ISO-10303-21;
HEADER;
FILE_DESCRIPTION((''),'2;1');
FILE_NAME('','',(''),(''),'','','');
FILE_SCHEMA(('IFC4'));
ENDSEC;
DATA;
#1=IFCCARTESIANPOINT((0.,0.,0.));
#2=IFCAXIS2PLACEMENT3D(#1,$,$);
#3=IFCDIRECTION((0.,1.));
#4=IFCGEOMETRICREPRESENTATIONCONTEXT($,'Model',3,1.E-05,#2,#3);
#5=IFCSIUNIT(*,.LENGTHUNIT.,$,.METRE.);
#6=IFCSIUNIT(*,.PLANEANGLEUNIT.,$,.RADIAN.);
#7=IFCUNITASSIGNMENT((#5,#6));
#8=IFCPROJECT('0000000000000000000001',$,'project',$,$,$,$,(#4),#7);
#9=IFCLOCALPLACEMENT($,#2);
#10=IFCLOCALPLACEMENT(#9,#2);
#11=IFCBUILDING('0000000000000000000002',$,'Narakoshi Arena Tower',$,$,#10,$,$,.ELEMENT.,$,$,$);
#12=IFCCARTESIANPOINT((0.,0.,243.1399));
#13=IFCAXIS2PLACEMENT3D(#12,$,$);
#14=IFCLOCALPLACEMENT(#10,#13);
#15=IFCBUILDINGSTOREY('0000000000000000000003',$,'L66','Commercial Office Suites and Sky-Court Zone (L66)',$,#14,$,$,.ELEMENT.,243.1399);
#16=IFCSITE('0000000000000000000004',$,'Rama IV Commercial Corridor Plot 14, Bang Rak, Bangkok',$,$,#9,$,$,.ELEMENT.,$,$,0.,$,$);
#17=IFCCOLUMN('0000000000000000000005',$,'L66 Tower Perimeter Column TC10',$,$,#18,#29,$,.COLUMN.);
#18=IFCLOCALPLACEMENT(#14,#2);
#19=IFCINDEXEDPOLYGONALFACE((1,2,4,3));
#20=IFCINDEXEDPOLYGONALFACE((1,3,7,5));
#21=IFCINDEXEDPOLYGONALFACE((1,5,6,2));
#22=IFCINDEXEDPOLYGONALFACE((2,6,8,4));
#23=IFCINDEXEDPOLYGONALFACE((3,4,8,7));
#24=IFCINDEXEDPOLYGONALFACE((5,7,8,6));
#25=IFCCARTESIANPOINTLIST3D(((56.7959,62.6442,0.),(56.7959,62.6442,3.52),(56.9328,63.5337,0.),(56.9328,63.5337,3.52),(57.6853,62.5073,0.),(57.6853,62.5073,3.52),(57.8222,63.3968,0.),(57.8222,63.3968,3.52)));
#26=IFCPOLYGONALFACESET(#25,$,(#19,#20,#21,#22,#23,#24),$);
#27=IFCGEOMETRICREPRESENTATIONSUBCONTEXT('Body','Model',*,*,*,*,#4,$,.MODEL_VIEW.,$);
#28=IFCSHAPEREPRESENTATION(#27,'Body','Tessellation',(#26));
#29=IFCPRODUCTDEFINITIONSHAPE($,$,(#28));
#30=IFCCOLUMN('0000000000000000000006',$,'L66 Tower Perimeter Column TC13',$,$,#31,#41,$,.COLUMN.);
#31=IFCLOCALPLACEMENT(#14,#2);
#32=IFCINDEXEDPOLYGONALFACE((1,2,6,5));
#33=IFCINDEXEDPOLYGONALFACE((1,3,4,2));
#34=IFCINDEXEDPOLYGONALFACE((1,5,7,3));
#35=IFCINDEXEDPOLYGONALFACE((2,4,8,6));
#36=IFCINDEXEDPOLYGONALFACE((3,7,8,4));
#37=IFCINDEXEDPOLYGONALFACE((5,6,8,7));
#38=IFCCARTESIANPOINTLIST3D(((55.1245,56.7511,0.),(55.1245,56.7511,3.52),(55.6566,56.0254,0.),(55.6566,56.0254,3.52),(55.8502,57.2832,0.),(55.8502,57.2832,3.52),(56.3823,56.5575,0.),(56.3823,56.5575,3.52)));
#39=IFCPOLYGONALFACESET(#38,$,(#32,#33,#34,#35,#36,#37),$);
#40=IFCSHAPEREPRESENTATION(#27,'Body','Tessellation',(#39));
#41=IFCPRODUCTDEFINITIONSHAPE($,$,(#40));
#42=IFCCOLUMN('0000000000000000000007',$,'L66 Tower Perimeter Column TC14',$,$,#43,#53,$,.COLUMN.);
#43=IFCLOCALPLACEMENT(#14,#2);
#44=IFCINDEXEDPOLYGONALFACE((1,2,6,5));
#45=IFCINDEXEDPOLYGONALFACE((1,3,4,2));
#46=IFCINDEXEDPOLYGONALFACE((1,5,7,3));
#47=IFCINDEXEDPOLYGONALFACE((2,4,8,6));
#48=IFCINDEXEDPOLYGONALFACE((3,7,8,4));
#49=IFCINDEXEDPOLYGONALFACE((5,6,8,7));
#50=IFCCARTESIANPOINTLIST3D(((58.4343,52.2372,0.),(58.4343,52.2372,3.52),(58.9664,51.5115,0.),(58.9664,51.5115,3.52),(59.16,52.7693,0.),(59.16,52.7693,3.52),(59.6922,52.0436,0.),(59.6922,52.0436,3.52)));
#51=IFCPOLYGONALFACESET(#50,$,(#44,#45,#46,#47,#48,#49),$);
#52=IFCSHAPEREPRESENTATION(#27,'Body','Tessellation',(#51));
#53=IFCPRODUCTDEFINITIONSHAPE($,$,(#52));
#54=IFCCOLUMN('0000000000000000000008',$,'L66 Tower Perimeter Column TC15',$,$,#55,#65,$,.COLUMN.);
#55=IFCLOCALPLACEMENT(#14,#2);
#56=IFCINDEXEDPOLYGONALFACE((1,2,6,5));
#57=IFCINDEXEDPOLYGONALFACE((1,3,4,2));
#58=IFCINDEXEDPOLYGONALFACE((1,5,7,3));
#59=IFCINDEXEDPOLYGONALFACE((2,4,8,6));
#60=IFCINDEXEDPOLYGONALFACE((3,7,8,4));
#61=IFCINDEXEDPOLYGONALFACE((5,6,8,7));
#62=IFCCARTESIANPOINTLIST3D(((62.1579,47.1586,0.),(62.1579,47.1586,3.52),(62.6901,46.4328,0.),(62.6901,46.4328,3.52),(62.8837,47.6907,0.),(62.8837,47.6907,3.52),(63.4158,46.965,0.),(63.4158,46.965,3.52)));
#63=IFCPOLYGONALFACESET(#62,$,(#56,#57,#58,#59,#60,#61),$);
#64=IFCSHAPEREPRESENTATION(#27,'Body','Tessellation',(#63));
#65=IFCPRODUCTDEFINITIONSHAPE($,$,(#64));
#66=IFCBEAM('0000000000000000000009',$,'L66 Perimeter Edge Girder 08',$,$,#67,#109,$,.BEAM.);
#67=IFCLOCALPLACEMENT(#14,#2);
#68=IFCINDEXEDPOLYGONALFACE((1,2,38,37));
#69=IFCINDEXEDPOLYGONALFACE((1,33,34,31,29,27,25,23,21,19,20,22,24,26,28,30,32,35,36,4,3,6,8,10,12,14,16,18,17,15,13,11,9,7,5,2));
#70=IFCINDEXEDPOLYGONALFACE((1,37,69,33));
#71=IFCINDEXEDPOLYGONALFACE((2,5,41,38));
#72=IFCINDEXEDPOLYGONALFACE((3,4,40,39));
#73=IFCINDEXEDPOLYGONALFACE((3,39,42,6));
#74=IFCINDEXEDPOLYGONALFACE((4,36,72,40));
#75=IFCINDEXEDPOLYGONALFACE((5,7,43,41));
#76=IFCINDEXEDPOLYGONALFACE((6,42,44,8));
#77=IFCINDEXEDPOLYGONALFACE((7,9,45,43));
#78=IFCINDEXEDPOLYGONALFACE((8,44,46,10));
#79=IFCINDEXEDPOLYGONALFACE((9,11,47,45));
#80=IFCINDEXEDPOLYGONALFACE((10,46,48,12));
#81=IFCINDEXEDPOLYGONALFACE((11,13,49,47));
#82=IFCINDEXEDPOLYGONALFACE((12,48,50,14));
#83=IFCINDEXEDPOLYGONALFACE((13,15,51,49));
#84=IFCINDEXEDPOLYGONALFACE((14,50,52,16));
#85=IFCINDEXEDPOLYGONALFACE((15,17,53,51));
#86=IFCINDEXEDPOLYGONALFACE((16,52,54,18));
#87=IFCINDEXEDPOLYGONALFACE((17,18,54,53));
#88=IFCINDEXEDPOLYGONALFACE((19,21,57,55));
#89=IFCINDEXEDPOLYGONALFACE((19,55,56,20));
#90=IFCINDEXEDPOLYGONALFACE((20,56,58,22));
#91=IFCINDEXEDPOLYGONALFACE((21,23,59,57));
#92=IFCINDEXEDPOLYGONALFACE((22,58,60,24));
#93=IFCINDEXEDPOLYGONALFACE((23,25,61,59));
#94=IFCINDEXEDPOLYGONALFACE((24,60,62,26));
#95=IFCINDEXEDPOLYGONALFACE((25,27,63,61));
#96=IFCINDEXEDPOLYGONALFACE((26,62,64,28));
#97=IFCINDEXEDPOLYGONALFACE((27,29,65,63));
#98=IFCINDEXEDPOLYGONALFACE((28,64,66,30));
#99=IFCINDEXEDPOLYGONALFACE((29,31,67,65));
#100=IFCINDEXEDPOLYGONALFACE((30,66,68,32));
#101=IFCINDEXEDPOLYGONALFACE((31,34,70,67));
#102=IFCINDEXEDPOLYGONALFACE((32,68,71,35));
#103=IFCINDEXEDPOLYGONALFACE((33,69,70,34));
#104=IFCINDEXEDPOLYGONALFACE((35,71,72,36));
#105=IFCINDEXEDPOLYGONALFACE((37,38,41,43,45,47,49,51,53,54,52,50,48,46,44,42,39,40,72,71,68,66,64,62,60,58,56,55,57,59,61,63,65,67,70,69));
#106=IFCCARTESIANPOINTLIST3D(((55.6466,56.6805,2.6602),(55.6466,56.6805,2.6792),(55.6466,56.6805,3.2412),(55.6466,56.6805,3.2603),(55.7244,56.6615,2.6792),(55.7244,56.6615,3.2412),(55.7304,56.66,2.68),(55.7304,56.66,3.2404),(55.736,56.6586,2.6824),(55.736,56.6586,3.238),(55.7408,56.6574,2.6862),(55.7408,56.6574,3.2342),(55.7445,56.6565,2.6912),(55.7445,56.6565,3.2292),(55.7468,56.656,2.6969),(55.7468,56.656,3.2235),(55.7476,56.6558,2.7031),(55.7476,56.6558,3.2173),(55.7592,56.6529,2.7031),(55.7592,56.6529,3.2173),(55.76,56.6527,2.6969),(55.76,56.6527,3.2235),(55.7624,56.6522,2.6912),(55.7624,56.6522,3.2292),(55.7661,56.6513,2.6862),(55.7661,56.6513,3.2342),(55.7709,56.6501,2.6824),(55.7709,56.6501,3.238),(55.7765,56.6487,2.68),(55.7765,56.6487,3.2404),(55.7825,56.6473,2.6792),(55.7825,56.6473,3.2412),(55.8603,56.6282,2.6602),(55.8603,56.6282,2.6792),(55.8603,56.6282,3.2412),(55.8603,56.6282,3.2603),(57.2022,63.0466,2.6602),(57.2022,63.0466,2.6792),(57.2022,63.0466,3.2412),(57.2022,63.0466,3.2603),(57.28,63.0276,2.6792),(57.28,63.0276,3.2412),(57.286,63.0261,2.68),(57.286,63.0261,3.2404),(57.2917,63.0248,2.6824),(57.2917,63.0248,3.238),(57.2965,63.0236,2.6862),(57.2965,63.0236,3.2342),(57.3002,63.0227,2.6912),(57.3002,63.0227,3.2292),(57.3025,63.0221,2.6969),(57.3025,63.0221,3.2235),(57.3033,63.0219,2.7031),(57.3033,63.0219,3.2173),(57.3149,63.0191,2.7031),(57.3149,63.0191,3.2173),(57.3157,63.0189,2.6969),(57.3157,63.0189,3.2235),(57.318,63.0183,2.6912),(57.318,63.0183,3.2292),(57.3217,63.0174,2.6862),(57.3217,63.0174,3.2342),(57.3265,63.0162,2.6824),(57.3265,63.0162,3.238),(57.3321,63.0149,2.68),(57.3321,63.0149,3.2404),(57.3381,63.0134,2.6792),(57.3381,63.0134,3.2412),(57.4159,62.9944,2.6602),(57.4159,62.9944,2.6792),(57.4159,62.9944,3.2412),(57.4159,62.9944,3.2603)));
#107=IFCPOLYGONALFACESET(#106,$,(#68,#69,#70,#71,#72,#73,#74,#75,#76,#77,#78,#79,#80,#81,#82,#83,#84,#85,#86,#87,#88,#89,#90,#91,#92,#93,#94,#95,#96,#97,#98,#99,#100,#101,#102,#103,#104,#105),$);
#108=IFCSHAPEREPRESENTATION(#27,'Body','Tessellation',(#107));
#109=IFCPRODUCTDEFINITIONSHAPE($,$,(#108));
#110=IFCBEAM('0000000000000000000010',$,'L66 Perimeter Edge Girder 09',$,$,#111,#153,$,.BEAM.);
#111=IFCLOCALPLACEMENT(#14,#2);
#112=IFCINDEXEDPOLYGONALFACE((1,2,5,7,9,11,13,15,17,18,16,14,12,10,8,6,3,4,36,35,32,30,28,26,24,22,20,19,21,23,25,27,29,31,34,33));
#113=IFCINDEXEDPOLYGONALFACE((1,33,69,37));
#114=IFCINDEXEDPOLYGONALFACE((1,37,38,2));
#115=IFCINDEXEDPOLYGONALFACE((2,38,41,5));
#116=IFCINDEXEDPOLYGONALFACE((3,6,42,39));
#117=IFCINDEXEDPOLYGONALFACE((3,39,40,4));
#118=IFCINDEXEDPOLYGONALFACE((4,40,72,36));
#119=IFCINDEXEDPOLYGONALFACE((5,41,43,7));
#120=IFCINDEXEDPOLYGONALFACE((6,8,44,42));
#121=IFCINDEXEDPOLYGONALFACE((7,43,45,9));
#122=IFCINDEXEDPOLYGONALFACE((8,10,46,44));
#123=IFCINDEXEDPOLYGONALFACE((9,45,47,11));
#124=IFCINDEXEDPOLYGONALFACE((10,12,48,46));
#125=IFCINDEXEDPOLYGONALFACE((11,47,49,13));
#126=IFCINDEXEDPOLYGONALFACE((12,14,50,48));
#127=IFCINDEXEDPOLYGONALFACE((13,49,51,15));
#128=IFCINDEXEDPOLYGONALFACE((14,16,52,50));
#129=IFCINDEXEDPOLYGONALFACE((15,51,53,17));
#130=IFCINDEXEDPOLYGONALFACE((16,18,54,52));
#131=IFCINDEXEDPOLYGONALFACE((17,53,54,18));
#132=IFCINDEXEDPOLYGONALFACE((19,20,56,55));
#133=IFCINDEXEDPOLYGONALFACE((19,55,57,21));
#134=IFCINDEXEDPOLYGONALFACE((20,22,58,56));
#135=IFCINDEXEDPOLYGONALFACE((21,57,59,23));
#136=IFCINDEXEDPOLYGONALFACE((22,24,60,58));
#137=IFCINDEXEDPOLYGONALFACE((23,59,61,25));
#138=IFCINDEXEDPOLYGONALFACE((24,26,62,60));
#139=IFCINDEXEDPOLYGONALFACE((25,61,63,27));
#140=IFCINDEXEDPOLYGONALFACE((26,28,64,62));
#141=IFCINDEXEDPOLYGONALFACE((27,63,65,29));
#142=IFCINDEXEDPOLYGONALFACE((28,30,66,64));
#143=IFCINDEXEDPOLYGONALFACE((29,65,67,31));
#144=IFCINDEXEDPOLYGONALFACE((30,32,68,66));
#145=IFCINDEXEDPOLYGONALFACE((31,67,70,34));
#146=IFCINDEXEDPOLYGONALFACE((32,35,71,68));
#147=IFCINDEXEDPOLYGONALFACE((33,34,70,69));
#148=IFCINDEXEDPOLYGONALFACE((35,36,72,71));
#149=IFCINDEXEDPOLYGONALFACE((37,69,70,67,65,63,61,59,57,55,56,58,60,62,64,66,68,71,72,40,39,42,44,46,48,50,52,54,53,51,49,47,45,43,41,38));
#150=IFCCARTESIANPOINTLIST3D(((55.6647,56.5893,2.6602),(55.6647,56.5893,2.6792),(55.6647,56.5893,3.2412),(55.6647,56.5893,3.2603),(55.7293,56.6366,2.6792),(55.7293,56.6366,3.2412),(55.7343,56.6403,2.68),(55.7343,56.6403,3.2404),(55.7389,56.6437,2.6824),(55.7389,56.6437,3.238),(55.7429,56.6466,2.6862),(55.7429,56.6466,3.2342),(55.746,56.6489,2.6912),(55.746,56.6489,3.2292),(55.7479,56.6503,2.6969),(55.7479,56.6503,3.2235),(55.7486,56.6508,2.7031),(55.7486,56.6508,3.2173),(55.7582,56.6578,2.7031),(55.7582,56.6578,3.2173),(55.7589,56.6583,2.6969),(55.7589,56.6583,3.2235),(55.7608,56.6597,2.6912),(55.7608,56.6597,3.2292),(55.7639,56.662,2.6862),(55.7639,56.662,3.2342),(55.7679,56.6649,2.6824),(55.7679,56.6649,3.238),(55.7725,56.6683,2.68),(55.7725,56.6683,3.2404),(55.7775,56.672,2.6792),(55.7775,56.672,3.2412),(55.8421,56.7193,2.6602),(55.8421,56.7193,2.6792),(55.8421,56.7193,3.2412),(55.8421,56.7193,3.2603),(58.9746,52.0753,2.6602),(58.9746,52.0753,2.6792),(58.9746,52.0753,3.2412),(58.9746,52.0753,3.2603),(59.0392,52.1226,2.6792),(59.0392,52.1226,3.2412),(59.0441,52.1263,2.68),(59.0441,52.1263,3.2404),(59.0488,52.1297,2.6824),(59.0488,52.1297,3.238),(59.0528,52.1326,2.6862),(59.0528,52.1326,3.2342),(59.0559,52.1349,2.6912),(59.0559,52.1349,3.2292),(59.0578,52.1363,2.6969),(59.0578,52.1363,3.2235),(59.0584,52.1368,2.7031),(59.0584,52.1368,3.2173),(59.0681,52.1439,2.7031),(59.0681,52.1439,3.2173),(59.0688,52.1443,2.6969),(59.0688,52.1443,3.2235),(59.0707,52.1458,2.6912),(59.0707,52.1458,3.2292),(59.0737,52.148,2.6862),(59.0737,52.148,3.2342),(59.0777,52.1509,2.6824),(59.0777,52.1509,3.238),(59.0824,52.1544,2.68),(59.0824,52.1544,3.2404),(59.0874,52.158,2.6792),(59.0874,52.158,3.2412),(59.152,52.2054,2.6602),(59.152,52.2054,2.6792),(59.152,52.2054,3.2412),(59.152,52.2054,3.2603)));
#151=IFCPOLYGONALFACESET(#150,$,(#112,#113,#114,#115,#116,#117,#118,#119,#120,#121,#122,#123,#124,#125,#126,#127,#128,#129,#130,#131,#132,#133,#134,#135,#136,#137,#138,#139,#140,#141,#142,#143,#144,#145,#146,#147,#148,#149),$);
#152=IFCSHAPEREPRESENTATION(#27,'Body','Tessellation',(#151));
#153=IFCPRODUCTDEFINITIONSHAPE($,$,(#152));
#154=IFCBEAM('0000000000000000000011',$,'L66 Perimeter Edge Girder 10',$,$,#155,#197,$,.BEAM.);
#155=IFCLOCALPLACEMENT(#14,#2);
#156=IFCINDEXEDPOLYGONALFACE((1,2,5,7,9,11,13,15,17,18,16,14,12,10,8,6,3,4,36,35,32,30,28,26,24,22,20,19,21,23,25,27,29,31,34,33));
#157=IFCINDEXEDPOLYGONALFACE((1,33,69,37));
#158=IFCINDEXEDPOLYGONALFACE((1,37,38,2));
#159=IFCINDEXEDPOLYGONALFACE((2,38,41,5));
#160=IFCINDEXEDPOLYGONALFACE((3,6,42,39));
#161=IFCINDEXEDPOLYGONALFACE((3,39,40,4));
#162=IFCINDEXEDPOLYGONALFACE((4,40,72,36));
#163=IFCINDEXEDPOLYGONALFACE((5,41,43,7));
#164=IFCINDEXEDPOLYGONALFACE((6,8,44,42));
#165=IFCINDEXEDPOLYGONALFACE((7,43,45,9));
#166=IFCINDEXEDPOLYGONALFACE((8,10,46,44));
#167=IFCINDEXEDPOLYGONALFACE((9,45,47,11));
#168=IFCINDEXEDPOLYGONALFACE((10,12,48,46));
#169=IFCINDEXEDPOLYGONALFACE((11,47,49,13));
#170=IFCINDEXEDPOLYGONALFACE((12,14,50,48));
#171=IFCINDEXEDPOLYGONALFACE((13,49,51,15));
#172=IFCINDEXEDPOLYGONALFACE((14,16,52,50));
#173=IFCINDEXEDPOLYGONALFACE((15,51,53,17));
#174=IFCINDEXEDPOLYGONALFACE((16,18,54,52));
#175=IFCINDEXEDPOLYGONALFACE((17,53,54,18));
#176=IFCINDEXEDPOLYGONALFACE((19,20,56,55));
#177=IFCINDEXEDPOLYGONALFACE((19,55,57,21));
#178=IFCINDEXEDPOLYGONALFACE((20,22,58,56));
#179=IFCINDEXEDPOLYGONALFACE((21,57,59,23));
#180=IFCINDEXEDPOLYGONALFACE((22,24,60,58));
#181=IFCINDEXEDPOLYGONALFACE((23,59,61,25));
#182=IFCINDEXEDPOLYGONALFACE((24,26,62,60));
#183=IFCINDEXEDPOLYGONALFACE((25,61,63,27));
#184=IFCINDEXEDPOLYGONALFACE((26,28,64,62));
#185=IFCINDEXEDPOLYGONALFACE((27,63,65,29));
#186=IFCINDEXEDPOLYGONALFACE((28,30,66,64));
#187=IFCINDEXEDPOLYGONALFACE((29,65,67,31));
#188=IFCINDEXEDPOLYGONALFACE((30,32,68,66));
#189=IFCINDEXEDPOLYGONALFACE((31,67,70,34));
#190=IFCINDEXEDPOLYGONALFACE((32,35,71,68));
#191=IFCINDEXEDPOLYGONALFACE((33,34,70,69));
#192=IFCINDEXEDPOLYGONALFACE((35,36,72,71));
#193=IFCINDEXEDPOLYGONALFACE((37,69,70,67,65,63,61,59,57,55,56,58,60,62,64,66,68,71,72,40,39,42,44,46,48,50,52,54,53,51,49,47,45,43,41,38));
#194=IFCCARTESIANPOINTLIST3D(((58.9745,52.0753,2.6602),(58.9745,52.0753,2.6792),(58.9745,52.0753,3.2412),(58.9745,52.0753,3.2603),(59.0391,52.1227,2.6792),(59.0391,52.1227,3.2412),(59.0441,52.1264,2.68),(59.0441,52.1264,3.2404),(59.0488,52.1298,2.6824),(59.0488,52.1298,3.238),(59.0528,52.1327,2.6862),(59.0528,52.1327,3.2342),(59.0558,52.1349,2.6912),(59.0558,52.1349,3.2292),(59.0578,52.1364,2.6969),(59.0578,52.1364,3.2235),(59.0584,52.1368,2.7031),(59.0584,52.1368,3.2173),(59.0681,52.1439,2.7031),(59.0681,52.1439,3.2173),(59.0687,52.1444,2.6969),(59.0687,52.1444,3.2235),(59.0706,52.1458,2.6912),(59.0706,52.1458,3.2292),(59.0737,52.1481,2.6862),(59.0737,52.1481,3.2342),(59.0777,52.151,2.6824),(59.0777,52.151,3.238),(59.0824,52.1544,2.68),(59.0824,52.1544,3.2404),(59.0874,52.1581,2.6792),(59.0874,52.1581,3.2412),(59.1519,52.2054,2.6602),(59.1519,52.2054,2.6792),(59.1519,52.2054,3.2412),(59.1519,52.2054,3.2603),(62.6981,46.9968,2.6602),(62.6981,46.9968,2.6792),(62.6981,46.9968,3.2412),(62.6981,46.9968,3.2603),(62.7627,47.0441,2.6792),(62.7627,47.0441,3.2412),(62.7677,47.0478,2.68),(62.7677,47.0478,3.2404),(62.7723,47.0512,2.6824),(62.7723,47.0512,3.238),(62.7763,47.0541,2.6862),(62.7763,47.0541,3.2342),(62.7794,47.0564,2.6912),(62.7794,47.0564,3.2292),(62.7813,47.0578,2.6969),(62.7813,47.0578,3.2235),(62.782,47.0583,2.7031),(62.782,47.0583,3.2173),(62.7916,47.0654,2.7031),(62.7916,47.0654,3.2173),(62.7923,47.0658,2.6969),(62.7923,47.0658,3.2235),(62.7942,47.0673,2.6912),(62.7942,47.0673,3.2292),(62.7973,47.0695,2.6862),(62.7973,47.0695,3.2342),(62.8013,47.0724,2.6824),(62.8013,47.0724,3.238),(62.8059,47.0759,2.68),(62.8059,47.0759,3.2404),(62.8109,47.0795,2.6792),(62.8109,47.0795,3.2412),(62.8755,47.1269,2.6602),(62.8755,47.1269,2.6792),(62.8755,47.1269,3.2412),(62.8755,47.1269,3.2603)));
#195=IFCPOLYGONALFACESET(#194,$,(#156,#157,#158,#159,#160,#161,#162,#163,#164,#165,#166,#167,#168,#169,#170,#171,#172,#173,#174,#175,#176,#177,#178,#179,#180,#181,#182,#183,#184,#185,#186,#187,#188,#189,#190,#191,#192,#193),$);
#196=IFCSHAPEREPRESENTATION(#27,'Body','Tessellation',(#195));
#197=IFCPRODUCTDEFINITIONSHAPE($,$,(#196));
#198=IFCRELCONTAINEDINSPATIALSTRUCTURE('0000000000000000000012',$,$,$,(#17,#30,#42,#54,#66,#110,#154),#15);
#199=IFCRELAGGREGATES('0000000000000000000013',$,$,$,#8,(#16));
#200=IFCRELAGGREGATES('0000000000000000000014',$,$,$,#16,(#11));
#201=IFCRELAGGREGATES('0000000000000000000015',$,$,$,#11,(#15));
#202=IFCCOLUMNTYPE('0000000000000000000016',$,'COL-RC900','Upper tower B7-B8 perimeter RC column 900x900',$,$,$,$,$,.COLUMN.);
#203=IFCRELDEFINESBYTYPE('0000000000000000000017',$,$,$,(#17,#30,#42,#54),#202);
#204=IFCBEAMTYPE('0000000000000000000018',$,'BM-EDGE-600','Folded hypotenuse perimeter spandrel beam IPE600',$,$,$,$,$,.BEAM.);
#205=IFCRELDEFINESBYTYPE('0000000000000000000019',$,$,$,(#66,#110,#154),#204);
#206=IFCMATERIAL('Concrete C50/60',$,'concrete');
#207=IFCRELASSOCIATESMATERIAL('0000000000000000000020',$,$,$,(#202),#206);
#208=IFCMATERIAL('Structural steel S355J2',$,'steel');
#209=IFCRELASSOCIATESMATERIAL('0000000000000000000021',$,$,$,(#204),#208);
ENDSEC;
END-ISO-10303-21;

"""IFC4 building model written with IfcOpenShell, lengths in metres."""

from ifc_helpers import new_model, si_unit, direction, frame, origin, origin_2d, place, context, subcontext, project, spatial, rectangle, i_section, extrude, material, material_profile, profile_set, type_object, element, save


model = new_model("IFC4")

# Units and contexts
model_context = context("Model", 3, precision=1e-05, world=origin(), true_north=direction((0.0, 1.0)))
body_context = subcontext(model_context, "Body", "Model", "MODEL_VIEW")
ifc_project = project(units=[si_unit("LENGTHUNIT", "METRE"), si_unit("PLANEANGLEUNIT", "RADIAN")], contexts=[model_context])

# Site, building, storey
site_placement = place(None, origin())
site = spatial("IfcSite", under=ifc_project, at=site_placement, Name="Rama IV Commercial Corridor Plot 14, Bang Rak, Bangkok", CompositionType="ELEMENT", RefElevation=0.0)
building_placement = place(site_placement, origin())
building = spatial("IfcBuilding", under=site, at=building_placement, Name="Narakoshi Arena Tower", CompositionType="ELEMENT")
storey_placement = place(building_placement, frame((0.0, 0.0, 243.1399)))
storey = spatial("IfcBuildingStorey", under=building, at=storey_placement, Name="L66", Description="Commercial Office Suites and Sky-Court Zone (L66)", CompositionType="ELEMENT", Elevation=243.1399)

# Columns
ifc_material_1 = material(Name="Concrete C50/60", Category="concrete")
ifc_material_profile_1 = material_profile(ifc_material_1, rectangle(XDim=0.8999, YDim=0.8999, at=origin_2d()), Name="RC900x900")
ifc_profile_set_1 = profile_set([ifc_material_profile_1], Name="Concrete C50/60")
column_type = type_object("IfcColumnType", Name="COL-RC900", Description="Upper tower B7-B8 perimeter RC column 900x900", PredefinedType="COLUMN", material=ifc_profile_set_1)
for number, where, z_axis, x_axis, name in (
    (1, (57.3091, 63.0205, 0.0), (0.0, 0.0, 1.0), (0.152123, 0.988362, 0.0), "L66 Tower Perimeter Column TC10"),
    (2, (55.7534, 56.6543, 0.0), (0.0, 0.0, 1.0), (-0.59131, 0.806445, 0.0), "L66 Tower Perimeter Column TC13"),
    (3, (59.0632, 52.1404, 0.0), (0.0, 0.0, 1.0), (-0.59131, 0.806445, 0.0), "L66 Tower Perimeter Column TC14"),
    (4, (62.7869, 47.0618, 0.0), (0.0, 0.0, 1.0), (-0.59131, 0.806445, 0.0), "L66 Tower Perimeter Column TC15"),
):
    element("IfcColumn", number, at=place(storey_placement, frame(where, z_axis=z_axis, x_axis=x_axis)), inside=storey, type_object=column_type, Name=name, PredefinedType="COLUMN", context=body_context, shape_type="SweptSolid", body=[
        extrude(rectangle(XDim=0.8999, YDim=0.8999, at=origin_2d()), origin(), (0.0, 0.0, 1.0), 3.52),
    ])

# Beams
ifc_material_2 = material(Name="Structural steel S355J2", Category="steel")
ifc_material_profile_2 = material_profile(ifc_material_2, i_section(OverallWidth=0.22, OverallDepth=0.6001, WebThickness=0.012, FlangeThickness=0.019, FilletRadius=0.0239, at=origin_2d()), Name="IPE600")
ifc_profile_set_2 = profile_set([ifc_material_profile_2], Name="Structural steel S355J2")
beam_type_1 = type_object("IfcBeamType", Name="BM-EDGE-600", Description="Folded hypotenuse perimeter spandrel beam IPE600", PredefinedType="BEAM", material=ifc_profile_set_2)
beam_1_placement = place(storey_placement, frame((57.3091, 63.0205, 2.9602), z_axis=(-0.237378, -0.971417, 0.0), x_axis=(0.971417, -0.237378, 0.0)))
element("IfcBeam", 5, at=beam_1_placement, inside=storey, type_object=beam_type_1, Name="L66 Perimeter Edge Girder 08", PredefinedType="BEAM", context=body_context, shape_type="SweptSolid", body=[
    extrude(i_section(OverallWidth=0.22, OverallDepth=0.6001, WebThickness=0.012, FlangeThickness=0.019, FilletRadius=0.0239, at=origin_2d()), origin(), (0.0, 0.0, 1.0), 6.5535),
])
beam_2_placement = place(storey_placement, frame((55.7534, 56.6543, 2.9602), z_axis=(0.591318, -0.806438, 0.0), x_axis=(0.806438, 0.591318, 0.0)))
element("IfcBeam", 6, at=beam_2_placement, inside=storey, type_object=beam_type_1, Name="L66 Perimeter Edge Girder 09", PredefinedType="BEAM", context=body_context, shape_type="SweptSolid", body=[
    extrude(i_section(OverallWidth=0.22, OverallDepth=0.6001, WebThickness=0.012, FlangeThickness=0.019, FilletRadius=0.0239, at=origin_2d()), origin(), (0.0, 0.0, 1.0), 5.5974),
])
for number, where, z_axis, x_axis, name in (
    (7, (59.0632, 52.1404, 2.9602), (0.591293, -0.806457, 0.0), (0.806457, 0.591293, 0.0), "L66 Perimeter Edge Girder 10"),
):
    element("IfcBeam", number, at=place(storey_placement, frame(where, z_axis=z_axis, x_axis=x_axis)), inside=storey, type_object=beam_type_1, Name=name, PredefinedType="BEAM", context=body_context, shape_type="SweptSolid", body=[
        extrude(i_section(OverallWidth=0.22, OverallDepth=0.6001, WebThickness=0.012, FlangeThickness=0.019, FilletRadius=0.0239, at=origin_2d()), origin(), (0.0, 0.0, 1.0), 6.2974),
    ])

save(model, "model.ifc")
